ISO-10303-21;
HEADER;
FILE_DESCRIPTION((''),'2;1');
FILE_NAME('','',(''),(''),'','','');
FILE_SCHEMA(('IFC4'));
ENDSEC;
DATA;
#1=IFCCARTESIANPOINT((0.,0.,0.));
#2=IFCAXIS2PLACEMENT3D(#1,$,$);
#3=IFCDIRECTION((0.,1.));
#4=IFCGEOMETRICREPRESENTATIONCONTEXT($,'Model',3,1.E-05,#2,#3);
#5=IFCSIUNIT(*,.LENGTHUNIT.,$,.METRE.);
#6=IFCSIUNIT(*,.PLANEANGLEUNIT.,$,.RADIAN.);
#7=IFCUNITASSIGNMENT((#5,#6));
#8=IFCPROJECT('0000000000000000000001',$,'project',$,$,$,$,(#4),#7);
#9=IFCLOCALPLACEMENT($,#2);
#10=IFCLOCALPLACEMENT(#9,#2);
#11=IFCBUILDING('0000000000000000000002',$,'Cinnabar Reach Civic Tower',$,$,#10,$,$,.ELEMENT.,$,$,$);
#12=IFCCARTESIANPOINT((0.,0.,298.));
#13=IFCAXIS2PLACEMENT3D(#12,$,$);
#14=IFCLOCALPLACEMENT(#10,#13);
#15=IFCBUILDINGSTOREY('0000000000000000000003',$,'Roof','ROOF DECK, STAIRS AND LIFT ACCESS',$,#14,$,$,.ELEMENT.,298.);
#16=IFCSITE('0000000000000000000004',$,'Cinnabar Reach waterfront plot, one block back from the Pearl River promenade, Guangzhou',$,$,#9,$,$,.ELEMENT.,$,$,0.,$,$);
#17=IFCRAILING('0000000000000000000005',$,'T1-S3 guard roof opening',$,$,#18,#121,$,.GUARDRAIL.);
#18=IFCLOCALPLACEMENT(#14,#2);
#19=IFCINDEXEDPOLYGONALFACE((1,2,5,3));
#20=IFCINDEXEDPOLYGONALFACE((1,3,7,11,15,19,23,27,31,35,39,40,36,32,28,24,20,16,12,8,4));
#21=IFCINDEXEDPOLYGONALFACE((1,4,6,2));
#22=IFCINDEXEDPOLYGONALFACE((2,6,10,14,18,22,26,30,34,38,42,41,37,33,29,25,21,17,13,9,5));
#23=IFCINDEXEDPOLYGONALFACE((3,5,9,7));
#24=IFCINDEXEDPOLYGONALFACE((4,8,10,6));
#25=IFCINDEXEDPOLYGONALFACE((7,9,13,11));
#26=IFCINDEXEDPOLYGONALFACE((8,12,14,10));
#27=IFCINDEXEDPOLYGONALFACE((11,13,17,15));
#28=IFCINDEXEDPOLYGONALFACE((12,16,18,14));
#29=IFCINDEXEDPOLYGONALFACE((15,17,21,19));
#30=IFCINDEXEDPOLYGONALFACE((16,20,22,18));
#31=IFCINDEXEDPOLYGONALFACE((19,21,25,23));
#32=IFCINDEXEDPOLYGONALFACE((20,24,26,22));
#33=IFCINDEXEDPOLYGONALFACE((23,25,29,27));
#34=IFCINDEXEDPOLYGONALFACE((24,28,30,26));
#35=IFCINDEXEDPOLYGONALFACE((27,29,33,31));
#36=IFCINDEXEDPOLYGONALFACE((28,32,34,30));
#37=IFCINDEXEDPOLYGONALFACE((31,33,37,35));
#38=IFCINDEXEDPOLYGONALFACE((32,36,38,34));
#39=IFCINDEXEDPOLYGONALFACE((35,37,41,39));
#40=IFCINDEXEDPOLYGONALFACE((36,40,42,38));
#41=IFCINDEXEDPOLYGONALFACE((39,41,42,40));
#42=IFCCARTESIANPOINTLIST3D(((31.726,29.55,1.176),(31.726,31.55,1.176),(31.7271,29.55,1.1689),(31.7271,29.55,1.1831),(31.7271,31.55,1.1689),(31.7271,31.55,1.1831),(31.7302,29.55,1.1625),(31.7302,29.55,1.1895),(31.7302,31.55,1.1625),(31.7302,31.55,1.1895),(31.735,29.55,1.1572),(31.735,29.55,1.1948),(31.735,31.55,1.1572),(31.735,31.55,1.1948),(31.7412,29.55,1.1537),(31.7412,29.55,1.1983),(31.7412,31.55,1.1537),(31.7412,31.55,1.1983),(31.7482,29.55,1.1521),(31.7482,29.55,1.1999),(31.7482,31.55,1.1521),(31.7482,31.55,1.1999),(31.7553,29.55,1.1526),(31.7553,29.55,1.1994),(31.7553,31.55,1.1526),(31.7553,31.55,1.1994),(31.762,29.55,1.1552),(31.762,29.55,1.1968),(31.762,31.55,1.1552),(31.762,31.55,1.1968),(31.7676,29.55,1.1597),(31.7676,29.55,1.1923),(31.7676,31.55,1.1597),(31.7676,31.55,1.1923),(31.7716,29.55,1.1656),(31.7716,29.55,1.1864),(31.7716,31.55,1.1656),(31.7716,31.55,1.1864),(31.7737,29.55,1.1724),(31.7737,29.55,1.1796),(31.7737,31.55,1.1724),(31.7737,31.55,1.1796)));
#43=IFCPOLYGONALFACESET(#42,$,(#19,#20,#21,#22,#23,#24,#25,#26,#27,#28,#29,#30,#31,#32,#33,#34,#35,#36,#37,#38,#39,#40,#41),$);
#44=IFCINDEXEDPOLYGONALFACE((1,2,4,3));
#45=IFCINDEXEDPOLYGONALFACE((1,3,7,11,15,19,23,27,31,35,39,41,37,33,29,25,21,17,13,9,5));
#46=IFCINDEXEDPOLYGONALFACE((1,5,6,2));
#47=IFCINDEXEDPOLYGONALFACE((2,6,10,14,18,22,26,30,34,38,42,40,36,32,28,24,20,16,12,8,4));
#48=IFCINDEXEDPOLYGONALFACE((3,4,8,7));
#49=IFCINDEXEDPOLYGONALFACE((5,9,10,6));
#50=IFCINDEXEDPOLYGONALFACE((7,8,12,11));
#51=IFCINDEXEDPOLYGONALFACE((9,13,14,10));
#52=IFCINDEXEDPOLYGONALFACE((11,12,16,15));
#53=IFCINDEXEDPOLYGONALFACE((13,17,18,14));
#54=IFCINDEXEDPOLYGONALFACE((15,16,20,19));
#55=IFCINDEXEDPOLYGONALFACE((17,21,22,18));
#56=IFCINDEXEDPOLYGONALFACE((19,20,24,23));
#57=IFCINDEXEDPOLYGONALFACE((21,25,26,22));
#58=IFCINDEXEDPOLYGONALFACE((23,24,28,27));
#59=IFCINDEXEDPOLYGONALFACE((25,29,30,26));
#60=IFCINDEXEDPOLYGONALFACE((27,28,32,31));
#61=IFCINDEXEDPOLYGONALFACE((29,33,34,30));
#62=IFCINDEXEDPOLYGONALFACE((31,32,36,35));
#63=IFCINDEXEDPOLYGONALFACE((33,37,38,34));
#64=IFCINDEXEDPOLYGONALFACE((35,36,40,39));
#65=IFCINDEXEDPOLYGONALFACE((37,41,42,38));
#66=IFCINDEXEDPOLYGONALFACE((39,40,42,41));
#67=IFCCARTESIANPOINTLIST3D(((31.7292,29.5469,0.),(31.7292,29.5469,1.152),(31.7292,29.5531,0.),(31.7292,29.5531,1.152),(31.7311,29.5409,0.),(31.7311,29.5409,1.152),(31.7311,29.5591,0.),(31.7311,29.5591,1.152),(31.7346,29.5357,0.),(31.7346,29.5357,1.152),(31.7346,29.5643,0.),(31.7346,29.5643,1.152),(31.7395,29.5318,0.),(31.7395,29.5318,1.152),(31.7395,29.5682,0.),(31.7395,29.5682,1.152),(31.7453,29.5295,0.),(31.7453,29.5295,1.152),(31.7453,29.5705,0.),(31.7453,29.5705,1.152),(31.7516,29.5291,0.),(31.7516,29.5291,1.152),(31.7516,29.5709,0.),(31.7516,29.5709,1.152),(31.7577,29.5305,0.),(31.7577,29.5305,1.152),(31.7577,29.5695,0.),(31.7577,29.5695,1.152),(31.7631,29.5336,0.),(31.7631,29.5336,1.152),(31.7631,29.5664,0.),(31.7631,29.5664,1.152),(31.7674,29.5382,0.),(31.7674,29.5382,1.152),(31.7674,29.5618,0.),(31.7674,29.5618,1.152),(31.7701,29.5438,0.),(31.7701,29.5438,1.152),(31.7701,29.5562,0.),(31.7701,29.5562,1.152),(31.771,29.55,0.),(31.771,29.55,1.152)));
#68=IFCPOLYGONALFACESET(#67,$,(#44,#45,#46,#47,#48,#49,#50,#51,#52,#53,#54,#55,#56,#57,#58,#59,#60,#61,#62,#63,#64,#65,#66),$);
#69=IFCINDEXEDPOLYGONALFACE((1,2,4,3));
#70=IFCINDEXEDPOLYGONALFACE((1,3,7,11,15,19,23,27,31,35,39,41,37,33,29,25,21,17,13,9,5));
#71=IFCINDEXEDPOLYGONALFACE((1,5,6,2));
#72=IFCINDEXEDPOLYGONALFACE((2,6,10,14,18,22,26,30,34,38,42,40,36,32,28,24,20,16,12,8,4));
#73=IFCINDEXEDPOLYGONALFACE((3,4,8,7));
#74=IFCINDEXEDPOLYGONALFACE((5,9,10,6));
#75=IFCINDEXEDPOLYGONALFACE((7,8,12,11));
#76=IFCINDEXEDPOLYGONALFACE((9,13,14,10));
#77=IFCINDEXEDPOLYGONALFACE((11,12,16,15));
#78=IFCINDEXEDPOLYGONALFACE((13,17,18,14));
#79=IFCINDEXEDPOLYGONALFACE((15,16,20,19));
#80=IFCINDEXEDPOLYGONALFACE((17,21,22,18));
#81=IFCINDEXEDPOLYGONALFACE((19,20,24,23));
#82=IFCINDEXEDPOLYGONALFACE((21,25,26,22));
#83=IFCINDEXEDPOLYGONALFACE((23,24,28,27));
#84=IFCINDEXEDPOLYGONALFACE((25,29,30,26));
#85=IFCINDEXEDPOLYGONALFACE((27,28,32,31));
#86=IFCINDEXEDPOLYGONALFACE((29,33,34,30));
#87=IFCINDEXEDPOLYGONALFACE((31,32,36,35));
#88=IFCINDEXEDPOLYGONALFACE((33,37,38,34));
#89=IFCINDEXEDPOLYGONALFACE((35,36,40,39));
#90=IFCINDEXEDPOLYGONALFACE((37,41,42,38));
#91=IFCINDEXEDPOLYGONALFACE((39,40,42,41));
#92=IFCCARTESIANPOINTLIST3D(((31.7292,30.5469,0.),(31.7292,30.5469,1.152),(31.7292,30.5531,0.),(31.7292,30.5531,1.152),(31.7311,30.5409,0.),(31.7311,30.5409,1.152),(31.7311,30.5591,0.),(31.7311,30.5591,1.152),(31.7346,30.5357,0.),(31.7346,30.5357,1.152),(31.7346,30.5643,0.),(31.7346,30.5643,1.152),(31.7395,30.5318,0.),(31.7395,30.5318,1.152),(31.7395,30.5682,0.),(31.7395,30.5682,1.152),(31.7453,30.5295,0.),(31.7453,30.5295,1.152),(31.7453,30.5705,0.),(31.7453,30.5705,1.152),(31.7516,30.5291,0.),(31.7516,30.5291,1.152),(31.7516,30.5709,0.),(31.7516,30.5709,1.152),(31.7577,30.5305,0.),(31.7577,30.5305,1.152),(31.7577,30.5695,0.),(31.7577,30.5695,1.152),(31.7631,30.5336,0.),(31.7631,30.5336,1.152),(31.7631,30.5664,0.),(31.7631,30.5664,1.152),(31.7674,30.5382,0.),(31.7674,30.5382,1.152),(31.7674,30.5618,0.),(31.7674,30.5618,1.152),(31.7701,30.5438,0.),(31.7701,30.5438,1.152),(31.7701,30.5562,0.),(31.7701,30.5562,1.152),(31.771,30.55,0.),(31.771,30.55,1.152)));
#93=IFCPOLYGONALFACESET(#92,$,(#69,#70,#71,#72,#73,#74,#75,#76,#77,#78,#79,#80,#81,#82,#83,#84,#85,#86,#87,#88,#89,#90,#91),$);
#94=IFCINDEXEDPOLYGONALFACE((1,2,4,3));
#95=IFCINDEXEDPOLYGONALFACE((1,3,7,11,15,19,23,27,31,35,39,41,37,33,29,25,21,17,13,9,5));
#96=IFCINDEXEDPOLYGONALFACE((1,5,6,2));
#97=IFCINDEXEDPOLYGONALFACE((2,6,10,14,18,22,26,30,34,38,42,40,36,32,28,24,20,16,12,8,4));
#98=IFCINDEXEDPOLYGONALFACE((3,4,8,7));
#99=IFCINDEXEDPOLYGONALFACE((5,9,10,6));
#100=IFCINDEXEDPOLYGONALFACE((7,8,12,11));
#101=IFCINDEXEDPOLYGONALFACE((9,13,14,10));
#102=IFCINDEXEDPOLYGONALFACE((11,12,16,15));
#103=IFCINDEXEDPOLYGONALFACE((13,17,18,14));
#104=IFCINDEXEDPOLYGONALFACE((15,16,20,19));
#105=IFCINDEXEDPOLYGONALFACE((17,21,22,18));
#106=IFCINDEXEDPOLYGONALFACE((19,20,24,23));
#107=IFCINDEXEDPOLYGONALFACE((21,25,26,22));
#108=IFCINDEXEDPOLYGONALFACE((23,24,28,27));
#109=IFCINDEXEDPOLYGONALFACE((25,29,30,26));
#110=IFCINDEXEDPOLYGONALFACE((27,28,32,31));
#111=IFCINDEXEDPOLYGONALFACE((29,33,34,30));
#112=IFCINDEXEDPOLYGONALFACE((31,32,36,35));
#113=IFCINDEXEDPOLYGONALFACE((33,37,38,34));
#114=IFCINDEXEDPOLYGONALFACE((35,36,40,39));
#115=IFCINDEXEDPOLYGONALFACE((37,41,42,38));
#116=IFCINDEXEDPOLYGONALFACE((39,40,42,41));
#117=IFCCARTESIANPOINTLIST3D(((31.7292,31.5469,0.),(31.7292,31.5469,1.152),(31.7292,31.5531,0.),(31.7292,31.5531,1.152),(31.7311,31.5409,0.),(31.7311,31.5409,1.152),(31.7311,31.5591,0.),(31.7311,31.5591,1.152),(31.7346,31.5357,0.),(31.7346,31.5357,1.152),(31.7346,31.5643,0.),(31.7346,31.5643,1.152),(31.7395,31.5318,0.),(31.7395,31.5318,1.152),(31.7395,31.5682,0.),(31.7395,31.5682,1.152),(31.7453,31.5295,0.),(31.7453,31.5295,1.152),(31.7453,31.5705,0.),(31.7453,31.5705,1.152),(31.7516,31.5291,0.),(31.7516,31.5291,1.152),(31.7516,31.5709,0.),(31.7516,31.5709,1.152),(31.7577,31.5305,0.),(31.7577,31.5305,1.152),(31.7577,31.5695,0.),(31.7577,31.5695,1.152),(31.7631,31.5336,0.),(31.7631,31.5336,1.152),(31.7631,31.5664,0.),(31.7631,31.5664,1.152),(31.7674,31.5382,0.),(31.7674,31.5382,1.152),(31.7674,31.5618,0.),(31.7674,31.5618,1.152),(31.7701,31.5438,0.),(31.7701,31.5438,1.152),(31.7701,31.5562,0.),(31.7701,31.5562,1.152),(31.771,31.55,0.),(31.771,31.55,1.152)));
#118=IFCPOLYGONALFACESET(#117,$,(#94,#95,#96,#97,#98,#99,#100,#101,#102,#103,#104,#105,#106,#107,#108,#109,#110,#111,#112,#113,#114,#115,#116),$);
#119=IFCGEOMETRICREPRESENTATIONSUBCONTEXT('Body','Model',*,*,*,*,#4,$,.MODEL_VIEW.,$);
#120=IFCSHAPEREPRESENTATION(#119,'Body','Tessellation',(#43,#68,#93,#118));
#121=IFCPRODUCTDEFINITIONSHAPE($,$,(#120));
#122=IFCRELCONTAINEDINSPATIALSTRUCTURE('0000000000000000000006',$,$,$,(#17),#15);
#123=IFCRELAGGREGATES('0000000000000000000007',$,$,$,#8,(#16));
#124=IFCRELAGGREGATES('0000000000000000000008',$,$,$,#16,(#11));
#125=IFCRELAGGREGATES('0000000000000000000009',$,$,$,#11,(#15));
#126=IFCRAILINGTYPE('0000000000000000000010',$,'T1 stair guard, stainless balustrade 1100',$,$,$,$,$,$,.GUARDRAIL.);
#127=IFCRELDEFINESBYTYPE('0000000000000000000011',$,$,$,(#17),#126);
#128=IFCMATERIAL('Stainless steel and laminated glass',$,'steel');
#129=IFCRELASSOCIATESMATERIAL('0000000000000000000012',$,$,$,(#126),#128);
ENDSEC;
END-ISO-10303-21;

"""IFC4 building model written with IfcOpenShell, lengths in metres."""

from ifc_helpers import new_model, si_unit, direction, frame, origin, origin_2d, place, context, subcontext, project, spatial, circle, extrude, material, type_object, element, save


model = new_model("IFC4")

# Units and contexts
model_context = context("Model", 3, precision=1e-05, world=origin(), true_north=direction((0.0, 1.0)))
body_context = subcontext(model_context, "Body", "Model", "MODEL_VIEW")
ifc_project = project(units=[si_unit("LENGTHUNIT", "METRE"), si_unit("PLANEANGLEUNIT", "RADIAN")], contexts=[model_context])

# Site, building, storey
site_placement = place(None, origin())
site = spatial("IfcSite", under=ifc_project, at=site_placement, Name="Cinnabar Reach waterfront plot, one block back from the Pearl River promenade, Guangzhou", CompositionType="ELEMENT", RefElevation=0.0)
building_placement = place(site_placement, origin())
building = spatial("IfcBuilding", under=site, at=building_placement, Name="Cinnabar Reach Civic Tower", CompositionType="ELEMENT")
storey_placement = place(building_placement, frame((0.0, 0.0, 298.0)))
storey = spatial("IfcBuildingStorey", under=building, at=storey_placement, Name="Roof", Description="ROOF DECK, STAIRS AND LIFT ACCESS", CompositionType="ELEMENT", Elevation=298.0)

# Railing
ifc_material_1 = material(Name="Stainless steel and laminated glass", Category="steel")
railing_type_1 = type_object("IfcRailingType", Name="T1 stair guard, stainless balustrade 1100", PredefinedType="GUARDRAIL", material=ifc_material_1)
railing_1_placement = place(storey_placement, frame((31.75, 29.55, 0.0)))
element("IfcRailing", 1, at=railing_1_placement, inside=storey, type_object=railing_type_1, Name="T1-S3 guard roof opening", PredefinedType="GUARDRAIL", context=body_context, shape_type="SweptSolid", body=[
    extrude(circle(Radius=0.024, at=origin_2d()), frame((0.0, 0.0, 1.176), z_axis=(0.0, 1.0, 0.0), x_axis=(-1.0, 0.0, 0.0)), (0.0, 0.0, 1.0), 2.0),
    extrude(circle(Radius=0.021, at=origin_2d()), origin(), (0.0, 0.0, 1.0), 1.152),
    extrude(circle(Radius=0.021, at=origin_2d()), frame((0.0, 1.0, 0.0)), (0.0, 0.0, 1.0), 1.152),
    extrude(circle(Radius=0.021, at=origin_2d()), frame((0.0, 2.0, 0.0)), (0.0, 0.0, 1.0), 1.152),
])

save(model, "model.ifc")
